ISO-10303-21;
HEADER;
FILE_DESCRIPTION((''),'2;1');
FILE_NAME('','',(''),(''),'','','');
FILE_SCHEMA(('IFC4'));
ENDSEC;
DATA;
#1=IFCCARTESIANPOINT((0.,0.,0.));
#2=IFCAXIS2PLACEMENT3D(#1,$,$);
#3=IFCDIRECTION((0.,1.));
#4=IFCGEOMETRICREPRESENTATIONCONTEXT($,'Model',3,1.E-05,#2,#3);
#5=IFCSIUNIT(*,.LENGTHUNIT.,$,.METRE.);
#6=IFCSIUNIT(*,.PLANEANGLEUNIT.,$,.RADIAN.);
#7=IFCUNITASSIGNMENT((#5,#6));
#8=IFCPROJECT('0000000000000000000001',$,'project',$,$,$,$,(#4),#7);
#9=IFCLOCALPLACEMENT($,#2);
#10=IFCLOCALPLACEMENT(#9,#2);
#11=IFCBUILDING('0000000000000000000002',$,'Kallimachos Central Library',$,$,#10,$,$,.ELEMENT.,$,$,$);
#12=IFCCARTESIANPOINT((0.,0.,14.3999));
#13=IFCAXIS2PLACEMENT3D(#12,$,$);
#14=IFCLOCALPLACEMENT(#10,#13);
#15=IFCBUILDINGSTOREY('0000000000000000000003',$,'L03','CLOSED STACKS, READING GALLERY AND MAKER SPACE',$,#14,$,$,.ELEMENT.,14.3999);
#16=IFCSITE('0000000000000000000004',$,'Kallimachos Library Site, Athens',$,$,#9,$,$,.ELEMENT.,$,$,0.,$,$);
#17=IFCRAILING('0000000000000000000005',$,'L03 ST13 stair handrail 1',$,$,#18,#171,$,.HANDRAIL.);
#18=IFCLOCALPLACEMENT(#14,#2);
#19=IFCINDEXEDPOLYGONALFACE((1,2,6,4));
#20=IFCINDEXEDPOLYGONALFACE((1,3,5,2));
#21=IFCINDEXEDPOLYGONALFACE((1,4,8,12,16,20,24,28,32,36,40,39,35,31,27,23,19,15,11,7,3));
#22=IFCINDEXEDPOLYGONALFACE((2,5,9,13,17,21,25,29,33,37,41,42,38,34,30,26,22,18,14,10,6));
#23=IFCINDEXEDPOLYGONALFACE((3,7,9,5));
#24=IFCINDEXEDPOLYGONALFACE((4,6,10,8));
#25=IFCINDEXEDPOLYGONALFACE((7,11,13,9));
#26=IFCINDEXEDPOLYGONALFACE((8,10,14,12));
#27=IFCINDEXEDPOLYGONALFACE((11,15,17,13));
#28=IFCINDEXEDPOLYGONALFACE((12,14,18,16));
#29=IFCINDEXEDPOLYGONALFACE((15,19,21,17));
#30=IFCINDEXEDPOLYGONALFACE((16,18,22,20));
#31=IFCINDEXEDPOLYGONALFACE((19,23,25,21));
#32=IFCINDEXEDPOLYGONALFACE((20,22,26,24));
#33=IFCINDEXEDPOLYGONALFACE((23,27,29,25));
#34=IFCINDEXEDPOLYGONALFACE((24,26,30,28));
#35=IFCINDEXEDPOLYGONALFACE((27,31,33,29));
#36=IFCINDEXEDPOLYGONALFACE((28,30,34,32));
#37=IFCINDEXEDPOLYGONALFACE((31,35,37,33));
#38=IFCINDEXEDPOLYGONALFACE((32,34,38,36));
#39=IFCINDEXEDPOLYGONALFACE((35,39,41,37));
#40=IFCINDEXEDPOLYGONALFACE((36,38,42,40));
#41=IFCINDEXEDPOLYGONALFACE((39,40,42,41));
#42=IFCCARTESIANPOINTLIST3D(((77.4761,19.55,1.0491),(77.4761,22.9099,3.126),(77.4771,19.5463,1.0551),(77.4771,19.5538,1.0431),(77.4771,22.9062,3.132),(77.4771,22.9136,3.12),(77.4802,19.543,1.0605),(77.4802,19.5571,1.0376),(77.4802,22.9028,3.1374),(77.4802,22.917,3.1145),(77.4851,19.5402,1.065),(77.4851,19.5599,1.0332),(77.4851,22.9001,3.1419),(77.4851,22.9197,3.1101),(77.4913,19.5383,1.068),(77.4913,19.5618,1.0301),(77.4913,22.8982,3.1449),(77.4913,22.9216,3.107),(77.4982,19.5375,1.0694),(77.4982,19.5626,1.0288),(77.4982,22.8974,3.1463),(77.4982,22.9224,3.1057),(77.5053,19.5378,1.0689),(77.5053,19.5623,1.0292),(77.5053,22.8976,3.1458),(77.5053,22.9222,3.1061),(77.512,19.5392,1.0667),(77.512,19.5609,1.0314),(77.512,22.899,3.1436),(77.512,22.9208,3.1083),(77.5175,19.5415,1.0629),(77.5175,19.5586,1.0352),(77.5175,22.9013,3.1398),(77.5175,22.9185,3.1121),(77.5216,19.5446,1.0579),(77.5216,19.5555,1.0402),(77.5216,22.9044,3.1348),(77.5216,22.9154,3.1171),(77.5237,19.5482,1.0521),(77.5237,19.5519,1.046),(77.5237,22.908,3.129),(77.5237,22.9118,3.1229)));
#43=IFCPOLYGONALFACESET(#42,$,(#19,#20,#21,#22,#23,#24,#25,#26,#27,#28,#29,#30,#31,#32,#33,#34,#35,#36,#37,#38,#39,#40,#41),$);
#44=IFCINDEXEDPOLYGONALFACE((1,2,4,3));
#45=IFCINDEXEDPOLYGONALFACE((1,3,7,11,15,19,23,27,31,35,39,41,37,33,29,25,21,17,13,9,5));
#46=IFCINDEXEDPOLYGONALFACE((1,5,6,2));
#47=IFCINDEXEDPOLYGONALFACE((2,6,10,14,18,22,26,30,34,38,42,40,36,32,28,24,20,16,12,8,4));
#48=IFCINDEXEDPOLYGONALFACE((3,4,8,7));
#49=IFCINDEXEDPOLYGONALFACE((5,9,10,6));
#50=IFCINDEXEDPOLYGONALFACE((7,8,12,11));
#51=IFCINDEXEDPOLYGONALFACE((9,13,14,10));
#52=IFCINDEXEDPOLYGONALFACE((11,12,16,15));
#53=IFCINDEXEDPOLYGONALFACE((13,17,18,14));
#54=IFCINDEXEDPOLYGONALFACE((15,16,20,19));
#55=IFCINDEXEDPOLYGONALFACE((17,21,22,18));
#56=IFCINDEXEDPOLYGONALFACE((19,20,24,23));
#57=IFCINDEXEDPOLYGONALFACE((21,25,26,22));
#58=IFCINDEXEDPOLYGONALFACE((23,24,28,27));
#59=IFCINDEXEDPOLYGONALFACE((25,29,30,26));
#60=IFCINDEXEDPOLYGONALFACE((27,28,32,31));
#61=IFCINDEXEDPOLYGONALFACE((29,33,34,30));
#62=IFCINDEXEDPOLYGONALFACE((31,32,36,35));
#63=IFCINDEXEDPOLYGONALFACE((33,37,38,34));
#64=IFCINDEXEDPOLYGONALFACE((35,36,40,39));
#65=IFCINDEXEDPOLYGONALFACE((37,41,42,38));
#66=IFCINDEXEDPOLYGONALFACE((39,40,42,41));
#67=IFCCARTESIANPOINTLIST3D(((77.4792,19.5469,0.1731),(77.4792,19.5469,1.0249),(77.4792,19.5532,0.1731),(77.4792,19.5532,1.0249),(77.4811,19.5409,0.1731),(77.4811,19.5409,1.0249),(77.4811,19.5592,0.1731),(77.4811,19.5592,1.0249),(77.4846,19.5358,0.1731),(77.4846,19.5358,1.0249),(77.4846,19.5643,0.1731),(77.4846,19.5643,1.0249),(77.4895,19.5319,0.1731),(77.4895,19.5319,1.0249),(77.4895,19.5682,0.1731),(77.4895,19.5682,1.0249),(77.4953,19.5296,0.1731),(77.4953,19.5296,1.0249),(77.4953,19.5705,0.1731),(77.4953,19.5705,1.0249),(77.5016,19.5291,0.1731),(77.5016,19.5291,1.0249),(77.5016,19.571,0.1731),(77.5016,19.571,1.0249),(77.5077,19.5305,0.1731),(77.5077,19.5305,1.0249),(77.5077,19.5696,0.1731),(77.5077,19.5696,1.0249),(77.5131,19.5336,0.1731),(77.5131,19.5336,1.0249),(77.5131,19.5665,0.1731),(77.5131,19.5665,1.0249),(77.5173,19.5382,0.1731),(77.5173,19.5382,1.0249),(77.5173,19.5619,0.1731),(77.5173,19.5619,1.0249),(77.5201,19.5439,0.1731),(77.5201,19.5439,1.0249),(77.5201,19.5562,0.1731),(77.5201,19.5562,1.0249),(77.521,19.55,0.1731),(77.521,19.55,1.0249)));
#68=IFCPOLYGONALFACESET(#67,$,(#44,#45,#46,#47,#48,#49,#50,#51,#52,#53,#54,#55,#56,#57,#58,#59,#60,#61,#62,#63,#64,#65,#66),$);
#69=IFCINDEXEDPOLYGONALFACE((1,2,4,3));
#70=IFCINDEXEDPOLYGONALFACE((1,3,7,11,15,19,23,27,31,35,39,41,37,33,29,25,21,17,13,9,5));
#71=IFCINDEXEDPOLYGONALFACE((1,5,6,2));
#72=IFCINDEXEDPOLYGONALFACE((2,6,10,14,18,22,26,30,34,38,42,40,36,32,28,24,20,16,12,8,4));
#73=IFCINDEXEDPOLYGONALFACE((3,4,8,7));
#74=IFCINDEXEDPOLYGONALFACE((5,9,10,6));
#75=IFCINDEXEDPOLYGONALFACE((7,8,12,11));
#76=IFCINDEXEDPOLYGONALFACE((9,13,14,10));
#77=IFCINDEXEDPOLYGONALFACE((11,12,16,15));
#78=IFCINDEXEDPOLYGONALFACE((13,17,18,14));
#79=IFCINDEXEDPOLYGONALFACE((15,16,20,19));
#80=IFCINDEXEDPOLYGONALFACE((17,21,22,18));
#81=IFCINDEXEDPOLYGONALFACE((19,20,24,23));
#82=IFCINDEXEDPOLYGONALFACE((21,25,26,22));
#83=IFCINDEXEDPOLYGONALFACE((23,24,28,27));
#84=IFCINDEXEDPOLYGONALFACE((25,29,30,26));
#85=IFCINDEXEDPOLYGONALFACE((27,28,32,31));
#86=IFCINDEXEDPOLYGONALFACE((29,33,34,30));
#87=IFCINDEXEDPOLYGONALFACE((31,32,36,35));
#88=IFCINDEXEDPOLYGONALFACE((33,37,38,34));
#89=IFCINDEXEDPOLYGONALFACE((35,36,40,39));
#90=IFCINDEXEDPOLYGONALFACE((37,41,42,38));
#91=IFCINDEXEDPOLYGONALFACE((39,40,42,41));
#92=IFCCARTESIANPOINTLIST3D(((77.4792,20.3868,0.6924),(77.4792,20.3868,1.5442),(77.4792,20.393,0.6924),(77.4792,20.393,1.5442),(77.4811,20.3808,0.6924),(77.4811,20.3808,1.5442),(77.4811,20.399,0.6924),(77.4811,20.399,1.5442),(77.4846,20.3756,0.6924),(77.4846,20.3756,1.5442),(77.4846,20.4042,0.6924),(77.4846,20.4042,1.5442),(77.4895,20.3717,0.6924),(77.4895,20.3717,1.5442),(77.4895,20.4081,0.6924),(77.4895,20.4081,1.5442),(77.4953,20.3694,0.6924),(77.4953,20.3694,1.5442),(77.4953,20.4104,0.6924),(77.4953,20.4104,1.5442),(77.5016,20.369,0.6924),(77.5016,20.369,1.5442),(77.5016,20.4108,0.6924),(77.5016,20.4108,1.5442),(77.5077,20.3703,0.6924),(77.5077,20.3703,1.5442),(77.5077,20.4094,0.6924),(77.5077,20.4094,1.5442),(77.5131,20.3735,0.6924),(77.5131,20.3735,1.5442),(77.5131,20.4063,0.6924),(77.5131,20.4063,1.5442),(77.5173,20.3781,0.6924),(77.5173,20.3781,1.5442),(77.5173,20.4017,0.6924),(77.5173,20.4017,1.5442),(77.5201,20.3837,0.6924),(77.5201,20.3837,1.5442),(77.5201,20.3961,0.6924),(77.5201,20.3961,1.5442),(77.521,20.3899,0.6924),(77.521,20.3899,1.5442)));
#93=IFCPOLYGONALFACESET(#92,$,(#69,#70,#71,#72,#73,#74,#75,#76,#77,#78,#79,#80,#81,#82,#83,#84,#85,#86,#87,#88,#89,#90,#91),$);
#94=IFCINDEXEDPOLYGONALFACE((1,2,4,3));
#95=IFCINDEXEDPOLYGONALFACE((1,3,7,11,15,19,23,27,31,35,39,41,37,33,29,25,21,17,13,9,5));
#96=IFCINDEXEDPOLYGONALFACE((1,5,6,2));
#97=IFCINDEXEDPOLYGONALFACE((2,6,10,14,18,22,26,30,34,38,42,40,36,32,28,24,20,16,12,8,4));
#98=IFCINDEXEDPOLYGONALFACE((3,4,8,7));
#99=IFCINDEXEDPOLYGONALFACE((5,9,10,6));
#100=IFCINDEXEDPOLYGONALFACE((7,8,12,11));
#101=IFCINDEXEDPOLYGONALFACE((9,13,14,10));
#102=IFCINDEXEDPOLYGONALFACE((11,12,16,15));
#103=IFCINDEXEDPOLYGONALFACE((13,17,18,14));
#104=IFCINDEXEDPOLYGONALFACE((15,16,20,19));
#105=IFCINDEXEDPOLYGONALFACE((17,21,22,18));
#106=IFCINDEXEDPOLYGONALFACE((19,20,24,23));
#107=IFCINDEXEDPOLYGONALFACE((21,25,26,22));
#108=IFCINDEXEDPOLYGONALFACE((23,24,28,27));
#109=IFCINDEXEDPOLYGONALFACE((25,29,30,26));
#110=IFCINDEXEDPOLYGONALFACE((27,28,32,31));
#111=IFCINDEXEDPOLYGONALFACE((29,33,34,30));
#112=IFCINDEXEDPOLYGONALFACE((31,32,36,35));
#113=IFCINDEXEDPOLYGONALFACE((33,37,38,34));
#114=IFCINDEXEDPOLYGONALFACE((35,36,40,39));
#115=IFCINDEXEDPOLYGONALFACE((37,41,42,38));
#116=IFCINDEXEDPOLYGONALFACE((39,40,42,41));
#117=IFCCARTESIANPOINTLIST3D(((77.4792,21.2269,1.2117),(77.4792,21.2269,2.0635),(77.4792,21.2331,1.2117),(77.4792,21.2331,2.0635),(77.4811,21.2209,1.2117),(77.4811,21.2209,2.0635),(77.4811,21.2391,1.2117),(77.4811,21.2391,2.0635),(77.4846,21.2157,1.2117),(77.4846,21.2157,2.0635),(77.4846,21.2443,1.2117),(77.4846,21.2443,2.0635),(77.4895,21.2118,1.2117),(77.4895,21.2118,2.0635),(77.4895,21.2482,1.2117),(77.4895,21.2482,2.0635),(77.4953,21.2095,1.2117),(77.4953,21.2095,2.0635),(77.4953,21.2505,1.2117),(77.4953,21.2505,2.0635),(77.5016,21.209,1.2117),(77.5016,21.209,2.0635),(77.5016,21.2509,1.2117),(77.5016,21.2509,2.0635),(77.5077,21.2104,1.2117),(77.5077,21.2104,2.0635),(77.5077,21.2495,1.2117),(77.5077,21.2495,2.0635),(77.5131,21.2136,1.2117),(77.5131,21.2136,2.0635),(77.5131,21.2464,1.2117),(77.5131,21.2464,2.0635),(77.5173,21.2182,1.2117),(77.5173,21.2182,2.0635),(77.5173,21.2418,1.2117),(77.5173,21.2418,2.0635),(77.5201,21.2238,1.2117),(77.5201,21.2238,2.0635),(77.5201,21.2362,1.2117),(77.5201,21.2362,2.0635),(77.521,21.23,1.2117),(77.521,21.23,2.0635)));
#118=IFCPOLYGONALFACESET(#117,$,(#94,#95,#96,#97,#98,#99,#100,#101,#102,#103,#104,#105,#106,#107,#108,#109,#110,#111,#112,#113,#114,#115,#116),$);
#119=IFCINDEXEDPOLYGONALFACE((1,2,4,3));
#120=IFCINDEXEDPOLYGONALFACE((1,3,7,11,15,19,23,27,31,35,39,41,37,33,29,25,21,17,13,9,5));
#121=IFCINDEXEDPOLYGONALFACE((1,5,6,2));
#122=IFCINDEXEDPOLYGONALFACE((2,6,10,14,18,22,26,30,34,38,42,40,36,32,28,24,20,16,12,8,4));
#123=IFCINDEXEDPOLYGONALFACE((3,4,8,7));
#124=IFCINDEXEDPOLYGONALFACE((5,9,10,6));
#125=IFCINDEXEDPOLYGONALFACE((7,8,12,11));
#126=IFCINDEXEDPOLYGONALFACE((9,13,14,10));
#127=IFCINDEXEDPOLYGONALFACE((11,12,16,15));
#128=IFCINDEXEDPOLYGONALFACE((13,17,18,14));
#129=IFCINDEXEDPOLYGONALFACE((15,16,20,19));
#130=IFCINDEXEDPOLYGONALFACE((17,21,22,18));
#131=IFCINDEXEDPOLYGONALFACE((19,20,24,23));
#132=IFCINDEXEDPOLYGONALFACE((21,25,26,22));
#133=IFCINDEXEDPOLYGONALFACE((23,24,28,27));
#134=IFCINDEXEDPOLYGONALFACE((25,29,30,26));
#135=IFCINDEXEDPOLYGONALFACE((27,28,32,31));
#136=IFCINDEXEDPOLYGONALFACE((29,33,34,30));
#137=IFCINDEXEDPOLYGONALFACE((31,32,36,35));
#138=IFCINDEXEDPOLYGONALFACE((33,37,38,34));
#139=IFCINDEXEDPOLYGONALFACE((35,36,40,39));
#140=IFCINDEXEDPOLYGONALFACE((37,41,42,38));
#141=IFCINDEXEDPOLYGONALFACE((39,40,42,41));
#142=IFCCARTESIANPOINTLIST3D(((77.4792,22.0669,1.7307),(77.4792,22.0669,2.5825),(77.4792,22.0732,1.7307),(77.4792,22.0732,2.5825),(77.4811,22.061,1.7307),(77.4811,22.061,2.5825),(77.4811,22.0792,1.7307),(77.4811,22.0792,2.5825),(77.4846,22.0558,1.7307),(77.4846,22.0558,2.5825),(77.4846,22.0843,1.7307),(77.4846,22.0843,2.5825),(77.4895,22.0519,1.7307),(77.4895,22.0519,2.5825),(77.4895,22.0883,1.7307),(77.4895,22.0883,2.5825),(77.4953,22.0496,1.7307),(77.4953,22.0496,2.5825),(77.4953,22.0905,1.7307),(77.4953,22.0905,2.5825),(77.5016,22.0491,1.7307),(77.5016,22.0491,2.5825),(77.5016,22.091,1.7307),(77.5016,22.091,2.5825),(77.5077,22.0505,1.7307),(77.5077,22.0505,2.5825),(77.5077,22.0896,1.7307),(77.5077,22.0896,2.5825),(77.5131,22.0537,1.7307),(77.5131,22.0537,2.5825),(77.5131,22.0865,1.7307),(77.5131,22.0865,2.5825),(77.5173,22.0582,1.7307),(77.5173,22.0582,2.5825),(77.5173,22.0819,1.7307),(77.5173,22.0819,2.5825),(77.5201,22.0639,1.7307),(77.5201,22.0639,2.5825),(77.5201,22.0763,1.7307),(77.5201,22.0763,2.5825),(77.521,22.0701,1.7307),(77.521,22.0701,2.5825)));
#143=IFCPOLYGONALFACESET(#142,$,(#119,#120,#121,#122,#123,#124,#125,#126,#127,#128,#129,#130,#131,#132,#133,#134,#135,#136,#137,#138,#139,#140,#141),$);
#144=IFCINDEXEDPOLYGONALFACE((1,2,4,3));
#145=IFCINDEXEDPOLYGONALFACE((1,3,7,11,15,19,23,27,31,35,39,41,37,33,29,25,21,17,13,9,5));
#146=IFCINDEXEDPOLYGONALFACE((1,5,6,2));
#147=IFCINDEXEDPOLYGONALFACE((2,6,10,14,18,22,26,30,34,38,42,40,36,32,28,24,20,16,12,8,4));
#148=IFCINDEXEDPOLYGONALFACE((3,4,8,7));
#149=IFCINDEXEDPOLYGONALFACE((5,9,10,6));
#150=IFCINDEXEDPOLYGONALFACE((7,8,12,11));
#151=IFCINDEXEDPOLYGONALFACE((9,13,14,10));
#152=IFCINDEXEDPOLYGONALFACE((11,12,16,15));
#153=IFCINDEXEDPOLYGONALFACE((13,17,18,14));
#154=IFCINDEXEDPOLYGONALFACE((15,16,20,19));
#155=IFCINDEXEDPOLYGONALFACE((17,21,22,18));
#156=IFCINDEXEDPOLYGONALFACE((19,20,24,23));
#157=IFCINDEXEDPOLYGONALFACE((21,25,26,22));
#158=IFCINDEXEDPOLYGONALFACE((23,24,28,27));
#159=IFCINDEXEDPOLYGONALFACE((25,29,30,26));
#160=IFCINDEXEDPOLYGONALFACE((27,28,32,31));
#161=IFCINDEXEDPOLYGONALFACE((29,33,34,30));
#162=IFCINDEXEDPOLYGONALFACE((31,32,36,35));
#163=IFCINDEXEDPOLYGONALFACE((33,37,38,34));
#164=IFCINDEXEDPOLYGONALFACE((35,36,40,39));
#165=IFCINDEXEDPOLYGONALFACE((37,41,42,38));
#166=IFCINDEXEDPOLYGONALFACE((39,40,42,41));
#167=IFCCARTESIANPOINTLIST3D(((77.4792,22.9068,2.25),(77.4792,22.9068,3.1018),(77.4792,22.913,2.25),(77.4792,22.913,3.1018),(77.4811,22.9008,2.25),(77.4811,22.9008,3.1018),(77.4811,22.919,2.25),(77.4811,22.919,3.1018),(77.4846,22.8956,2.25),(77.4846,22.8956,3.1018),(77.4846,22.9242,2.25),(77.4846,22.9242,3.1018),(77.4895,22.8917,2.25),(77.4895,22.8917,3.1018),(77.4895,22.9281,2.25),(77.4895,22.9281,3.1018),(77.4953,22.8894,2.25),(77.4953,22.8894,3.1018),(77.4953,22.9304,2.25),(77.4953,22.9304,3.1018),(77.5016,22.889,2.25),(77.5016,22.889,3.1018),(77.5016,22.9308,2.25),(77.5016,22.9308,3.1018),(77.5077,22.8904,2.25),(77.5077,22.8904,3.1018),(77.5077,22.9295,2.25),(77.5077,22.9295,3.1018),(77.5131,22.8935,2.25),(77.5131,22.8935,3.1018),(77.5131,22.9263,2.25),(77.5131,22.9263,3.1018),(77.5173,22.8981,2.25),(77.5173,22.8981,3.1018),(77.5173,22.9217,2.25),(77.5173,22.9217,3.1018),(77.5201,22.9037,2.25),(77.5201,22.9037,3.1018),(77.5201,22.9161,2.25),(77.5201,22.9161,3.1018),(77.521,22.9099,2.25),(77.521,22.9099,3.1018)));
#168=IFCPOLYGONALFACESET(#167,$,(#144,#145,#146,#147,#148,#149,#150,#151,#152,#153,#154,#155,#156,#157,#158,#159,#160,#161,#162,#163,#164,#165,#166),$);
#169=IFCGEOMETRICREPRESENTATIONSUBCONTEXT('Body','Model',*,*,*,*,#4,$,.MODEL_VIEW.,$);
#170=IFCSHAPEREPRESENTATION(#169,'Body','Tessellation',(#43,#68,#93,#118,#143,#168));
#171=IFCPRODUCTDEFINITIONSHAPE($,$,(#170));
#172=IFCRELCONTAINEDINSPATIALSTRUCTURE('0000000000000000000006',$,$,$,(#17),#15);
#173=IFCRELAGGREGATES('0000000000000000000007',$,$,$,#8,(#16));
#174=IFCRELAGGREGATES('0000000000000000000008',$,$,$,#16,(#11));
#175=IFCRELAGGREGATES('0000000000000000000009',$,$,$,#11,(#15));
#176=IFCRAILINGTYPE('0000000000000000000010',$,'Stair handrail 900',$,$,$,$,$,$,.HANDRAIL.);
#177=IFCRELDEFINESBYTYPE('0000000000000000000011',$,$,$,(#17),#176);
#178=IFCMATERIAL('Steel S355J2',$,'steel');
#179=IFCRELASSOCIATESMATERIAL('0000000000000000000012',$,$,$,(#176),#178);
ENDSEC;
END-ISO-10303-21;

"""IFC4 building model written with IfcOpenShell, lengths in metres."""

from ifc_helpers import new_model, si_unit, direction, frame, origin, origin_2d, place, context, subcontext, project, spatial, circle, extrude, material, type_object, element, save


model = new_model("IFC4")

# Units and contexts
model_context = context("Model", 3, precision=1e-05, world=origin(), true_north=direction((0.0, 1.0)))
body_context = subcontext(model_context, "Body", "Model", "MODEL_VIEW")
ifc_project = project(units=[si_unit("LENGTHUNIT", "METRE"), si_unit("PLANEANGLEUNIT", "RADIAN")], contexts=[model_context])

# Site, building, storey
site_placement = place(None, origin())
site = spatial("IfcSite", under=ifc_project, at=site_placement, Name="Kallimachos Library Site, Athens", CompositionType="ELEMENT", RefElevation=0.0)
building_placement = place(site_placement, origin())
building = spatial("IfcBuilding", under=site, at=building_placement, Name="Kallimachos Central Library", CompositionType="ELEMENT")
storey_placement = place(building_placement, frame((0.0, 0.0, 14.3999)))
storey = spatial("IfcBuildingStorey", under=building, at=storey_placement, Name="L03", Description="CLOSED STACKS, READING GALLERY AND MAKER SPACE", CompositionType="ELEMENT", Elevation=14.3999)

# Railing
ifc_material_1 = material(Name="Steel S355J2", Category="steel")
railing_type_1 = type_object("IfcRailingType", Name="Stair handrail 900", PredefinedType="HANDRAIL", material=ifc_material_1)
railing_1_placement = place(storey_placement, frame((77.5, 19.55, 0.1731)))
element("IfcRailing", 1, at=railing_1_placement, inside=storey, type_object=railing_type_1, Name="L03 ST13 stair handrail 1", PredefinedType="HANDRAIL", context=body_context, shape_type="SweptSolid", body=[
    extrude(circle(Radius=0.0239, at=origin_2d()), frame((0.0, 0.0, 0.876), z_axis=(0.0, 0.850606, 0.525803), x_axis=(-1.0, 0.0, 0.0)), (0.0, 0.0, 1.0), 3.95),
    extrude(circle(Radius=0.021, at=origin_2d()), origin(), (0.0, 0.0, 1.0), 0.8518),
    extrude(circle(Radius=0.021, at=origin_2d()), frame((0.0, 0.8398, 0.5193)), (0.0, 0.0, 1.0), 0.8518),
    extrude(circle(Radius=0.021, at=origin_2d()), frame((0.0, 1.6799, 1.0386)), (0.0, 0.0, 1.0), 0.8518),
    extrude(circle(Radius=0.021, at=origin_2d()), frame((0.0, 2.52, 1.5576)), (0.0, 0.0, 1.0), 0.8518),
    extrude(circle(Radius=0.021, at=origin_2d()), frame((0.0, 3.3599, 2.0769)), (0.0, 0.0, 1.0), 0.8518),
])

save(model, "model.ifc")
